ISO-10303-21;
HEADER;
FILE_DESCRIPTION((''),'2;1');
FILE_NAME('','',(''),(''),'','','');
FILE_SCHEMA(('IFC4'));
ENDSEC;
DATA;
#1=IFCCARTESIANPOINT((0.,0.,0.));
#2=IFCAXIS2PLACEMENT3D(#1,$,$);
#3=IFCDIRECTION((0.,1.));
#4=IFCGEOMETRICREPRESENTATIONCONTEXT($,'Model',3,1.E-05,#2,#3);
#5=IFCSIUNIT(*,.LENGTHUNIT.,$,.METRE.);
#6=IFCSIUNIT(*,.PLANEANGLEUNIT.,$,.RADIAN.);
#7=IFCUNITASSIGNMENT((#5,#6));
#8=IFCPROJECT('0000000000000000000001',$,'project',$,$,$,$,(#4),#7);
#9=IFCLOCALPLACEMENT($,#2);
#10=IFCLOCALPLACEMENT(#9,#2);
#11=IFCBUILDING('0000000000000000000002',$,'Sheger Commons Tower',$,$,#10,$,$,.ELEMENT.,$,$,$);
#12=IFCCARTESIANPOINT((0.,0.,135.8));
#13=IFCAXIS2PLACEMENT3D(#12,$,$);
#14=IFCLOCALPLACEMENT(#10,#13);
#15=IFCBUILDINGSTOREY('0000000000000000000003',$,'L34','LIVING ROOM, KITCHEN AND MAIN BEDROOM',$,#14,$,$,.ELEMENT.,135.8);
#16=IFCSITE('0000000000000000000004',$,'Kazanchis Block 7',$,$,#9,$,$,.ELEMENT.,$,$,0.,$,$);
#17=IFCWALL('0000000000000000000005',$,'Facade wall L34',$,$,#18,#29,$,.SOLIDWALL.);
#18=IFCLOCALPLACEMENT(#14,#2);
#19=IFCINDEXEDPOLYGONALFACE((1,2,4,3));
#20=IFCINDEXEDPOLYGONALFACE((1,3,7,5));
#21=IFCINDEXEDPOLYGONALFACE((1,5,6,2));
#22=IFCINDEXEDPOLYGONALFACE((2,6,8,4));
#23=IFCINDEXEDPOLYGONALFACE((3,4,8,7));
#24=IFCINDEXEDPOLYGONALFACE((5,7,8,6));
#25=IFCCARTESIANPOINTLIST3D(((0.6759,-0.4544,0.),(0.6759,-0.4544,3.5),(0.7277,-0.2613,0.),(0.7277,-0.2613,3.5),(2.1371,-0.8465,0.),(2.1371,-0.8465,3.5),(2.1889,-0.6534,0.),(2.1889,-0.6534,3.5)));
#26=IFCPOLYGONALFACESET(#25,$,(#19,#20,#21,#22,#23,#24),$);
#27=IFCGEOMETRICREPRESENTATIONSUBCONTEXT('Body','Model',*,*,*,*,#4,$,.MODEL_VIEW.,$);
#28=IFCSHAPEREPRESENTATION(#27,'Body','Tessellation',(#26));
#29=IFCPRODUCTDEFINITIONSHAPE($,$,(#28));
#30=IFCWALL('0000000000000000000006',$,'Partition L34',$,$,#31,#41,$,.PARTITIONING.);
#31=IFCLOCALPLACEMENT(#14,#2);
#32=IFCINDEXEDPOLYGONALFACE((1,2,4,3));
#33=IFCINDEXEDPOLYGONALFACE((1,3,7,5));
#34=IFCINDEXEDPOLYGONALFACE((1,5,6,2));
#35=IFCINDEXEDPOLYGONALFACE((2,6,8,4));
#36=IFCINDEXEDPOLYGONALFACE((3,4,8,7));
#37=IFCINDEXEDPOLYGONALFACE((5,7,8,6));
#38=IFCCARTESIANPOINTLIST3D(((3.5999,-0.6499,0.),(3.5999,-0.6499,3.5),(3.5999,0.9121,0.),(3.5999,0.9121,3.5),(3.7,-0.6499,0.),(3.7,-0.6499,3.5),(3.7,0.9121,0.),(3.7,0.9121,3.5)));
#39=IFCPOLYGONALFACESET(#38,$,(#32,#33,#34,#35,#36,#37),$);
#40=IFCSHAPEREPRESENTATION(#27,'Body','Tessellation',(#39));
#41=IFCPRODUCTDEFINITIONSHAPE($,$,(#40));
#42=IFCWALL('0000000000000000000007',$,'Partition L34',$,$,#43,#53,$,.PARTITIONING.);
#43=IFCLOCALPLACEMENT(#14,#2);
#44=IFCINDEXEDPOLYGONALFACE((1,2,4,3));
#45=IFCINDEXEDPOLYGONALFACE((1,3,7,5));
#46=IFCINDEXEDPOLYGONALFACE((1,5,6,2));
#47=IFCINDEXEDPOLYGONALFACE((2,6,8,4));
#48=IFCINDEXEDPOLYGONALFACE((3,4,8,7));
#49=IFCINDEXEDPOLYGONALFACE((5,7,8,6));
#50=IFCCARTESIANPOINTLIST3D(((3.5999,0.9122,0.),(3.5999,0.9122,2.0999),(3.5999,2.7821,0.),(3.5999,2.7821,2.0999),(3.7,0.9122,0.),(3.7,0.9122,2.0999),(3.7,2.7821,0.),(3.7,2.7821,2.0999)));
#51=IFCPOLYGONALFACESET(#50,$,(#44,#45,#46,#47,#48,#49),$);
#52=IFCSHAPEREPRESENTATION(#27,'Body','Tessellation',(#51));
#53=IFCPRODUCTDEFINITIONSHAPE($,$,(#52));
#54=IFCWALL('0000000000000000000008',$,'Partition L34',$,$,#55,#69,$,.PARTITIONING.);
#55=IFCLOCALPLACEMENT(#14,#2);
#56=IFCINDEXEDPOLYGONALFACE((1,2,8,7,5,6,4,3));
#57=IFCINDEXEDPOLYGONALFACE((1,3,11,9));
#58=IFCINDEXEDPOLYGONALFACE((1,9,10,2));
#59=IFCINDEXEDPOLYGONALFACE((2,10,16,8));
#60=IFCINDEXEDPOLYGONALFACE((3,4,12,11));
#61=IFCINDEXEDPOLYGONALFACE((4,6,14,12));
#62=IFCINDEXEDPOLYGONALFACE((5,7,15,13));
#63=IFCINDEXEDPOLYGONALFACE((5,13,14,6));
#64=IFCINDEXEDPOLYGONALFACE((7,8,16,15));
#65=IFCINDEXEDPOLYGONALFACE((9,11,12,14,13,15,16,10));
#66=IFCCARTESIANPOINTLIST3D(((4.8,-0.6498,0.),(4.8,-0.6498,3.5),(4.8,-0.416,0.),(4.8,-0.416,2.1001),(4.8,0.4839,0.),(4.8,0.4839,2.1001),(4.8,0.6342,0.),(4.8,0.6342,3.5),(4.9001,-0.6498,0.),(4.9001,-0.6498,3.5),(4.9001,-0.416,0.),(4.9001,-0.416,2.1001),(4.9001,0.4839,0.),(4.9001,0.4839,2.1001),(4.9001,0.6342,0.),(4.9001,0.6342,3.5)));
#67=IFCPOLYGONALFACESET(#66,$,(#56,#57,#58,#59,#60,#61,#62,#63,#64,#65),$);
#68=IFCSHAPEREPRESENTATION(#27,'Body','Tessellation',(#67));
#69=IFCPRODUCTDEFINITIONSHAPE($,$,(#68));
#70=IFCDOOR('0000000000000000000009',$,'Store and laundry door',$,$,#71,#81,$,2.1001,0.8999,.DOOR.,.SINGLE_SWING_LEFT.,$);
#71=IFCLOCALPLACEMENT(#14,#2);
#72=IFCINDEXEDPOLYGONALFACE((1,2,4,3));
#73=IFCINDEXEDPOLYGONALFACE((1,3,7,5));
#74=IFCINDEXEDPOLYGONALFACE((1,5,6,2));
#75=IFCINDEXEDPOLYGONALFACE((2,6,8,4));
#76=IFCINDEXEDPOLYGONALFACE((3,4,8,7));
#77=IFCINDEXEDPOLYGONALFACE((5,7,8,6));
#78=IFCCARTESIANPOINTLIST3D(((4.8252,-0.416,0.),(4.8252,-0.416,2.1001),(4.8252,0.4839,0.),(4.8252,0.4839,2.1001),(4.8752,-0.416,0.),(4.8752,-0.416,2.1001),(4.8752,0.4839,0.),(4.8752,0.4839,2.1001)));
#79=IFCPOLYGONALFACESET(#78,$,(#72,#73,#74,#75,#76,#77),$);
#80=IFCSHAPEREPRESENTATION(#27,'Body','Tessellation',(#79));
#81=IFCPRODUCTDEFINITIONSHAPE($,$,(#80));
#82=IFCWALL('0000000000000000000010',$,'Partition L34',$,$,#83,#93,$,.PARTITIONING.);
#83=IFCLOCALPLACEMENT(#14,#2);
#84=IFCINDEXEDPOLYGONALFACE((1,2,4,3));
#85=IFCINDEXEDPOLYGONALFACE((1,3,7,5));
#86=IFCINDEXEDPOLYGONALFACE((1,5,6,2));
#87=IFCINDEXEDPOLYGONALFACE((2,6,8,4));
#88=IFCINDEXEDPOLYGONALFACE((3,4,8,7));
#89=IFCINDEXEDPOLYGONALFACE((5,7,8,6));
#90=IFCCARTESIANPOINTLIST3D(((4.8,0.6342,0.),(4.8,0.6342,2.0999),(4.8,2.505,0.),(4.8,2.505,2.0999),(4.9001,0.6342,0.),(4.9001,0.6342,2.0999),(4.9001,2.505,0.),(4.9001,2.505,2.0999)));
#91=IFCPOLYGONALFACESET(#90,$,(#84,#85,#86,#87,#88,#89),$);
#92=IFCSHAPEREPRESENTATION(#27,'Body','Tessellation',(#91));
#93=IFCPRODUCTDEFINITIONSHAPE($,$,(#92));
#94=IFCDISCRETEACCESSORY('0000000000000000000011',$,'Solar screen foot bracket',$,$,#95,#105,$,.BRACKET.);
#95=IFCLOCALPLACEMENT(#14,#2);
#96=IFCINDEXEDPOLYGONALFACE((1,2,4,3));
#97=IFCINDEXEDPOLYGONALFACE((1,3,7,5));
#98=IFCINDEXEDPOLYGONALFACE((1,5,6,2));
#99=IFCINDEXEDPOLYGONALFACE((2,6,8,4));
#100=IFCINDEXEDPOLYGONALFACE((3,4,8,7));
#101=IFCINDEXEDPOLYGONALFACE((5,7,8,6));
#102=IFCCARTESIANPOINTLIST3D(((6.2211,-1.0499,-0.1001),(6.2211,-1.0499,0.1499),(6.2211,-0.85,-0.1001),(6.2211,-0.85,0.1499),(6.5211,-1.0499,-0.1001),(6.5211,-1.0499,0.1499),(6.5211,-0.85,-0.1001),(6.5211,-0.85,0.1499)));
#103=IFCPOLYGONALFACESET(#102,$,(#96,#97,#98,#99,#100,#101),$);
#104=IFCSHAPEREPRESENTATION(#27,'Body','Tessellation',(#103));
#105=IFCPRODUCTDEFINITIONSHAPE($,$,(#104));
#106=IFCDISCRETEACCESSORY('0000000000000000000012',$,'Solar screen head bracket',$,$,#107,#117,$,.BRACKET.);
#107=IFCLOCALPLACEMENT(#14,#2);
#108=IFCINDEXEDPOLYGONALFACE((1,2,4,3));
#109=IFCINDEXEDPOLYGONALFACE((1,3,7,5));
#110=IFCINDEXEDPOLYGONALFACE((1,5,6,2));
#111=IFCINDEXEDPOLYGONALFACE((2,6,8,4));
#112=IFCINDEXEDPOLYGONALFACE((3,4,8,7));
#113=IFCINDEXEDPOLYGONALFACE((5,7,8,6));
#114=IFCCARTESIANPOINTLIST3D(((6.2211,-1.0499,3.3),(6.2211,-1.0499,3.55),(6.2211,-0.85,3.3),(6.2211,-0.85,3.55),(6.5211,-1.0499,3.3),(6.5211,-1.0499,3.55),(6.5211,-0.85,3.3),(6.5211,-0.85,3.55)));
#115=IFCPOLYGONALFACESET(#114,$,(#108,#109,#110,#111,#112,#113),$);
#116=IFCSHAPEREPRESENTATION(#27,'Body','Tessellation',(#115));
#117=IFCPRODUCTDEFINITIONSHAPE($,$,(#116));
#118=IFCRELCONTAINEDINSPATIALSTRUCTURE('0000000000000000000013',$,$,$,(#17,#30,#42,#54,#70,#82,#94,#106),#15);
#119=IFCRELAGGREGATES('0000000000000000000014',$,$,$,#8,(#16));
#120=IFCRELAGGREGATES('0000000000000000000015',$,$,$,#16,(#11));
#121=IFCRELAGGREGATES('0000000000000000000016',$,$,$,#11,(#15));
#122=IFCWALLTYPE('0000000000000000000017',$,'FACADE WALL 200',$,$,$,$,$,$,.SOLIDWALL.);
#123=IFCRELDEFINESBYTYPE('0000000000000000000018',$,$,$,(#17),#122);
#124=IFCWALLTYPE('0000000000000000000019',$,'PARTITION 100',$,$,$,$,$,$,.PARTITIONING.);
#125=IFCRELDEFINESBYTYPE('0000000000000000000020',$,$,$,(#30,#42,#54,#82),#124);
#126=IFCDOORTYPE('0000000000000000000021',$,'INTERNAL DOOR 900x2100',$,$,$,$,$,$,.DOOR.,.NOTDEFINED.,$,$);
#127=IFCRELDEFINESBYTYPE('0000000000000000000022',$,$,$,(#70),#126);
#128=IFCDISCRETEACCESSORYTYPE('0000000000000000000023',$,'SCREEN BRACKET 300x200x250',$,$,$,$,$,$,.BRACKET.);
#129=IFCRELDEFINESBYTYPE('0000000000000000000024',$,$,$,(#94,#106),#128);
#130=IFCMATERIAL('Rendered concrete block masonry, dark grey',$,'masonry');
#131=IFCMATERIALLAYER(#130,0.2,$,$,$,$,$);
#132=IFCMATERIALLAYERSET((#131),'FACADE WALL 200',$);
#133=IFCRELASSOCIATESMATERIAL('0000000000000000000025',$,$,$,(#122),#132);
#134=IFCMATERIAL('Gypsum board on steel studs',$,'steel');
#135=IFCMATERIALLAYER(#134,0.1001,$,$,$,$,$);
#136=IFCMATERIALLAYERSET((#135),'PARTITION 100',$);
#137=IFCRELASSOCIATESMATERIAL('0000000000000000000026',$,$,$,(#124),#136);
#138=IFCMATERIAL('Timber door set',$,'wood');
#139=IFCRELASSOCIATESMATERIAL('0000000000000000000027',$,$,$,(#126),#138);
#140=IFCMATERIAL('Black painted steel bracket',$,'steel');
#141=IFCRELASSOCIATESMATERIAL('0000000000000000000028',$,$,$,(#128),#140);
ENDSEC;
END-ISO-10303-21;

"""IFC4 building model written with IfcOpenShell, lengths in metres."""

from ifc_helpers import new_model, si_unit, direction, frame, frame_2d, origin, origin_2d, place, context, subcontext, project, spatial, rectangle, extrude, material, layer, layer_set, type_object, element, fill, save


model = new_model("IFC4")

# Units and contexts
model_context = context("Model", 3, precision=1e-05, world=origin(), true_north=direction((0.0, 1.0)))
body_context = subcontext(model_context, "Body", "Model", "MODEL_VIEW")
ifc_project = project(units=[si_unit("LENGTHUNIT", "METRE"), si_unit("PLANEANGLEUNIT", "RADIAN")], contexts=[model_context])

# Site, building, storey
site_placement = place(None, origin())
site = spatial("IfcSite", under=ifc_project, at=site_placement, Name="Kazanchis Block 7", CompositionType="ELEMENT", RefElevation=0.0)
building_placement = place(site_placement, origin())
building = spatial("IfcBuilding", under=site, at=building_placement, Name="Sheger Commons Tower", CompositionType="ELEMENT")
storey_placement = place(building_placement, frame((0.0, 0.0, 135.8)))
storey = spatial("IfcBuildingStorey", under=building, at=storey_placement, Name="L34", Description="LIVING ROOM, KITCHEN AND MAIN BEDROOM", CompositionType="ELEMENT", Elevation=135.8)

# Shared definitions
ifc_material_1 = material(Name="Rendered concrete block masonry, dark grey", Category="masonry")
ifc_layer_1 = layer(ifc_material_1, 0.2)
ifc_layer_set_1 = layer_set([ifc_layer_1], Name="FACADE WALL 200")
wall_type_1 = type_object("IfcWallType", Name="FACADE WALL 200", PredefinedType="SOLIDWALL", material=ifc_layer_set_1)

# Walls
wall_1_placement = place(storey_placement, frame((0.7019, -0.3579, 0.0), z_axis=(0.0, 0.0, 1.0), x_axis=(0.965832, -0.259169, 0.0)))
element("IfcWall", 1, at=wall_1_placement, inside=storey, type_object=wall_type_1, Name="Facade wall L34", PredefinedType="SOLIDWALL", context=body_context, shape_type="SweptSolid", body=[
    extrude(rectangle(XDim=1.5129, YDim=0.2, at=frame_2d((0.7563, 0.0))), origin(), (0.0, 0.0, 1.0), 3.5),
])
ifc_material_2 = material(Name="Gypsum board on steel studs", Category="steel")
ifc_layer_2 = layer(ifc_material_2, 0.1001)
ifc_layer_set_2 = layer_set([ifc_layer_2], Name="PARTITION 100")
wall_type_2 = type_object("IfcWallType", Name="PARTITION 100", PredefinedType="PARTITIONING", material=ifc_layer_set_2)
wall_2_placement = place(storey_placement, frame((3.6499, -0.6499, 0.0), z_axis=(0.0, 0.0, 1.0), x_axis=(0.0, 1.0, 0.0)))
element("IfcWall", 2, at=wall_2_placement, inside=storey, type_object=wall_type_2, Name="Partition L34", PredefinedType="PARTITIONING", context=body_context, shape_type="SweptSolid", body=[
    extrude(rectangle(XDim=1.562, YDim=0.1001, at=frame_2d((0.781, 0.0))), origin(), (0.0, 0.0, 1.0), 3.5),
])
wall_3_placement = place(storey_placement, frame((3.6499, 0.9121, 0.0), z_axis=(0.0, 0.0, 1.0), x_axis=(0.0, 1.0, 0.0)))
element("IfcWall", 3, at=wall_3_placement, inside=storey, type_object=wall_type_2, Name="Partition L34", PredefinedType="PARTITIONING", context=body_context, shape_type="SweptSolid", body=[
    extrude(rectangle(XDim=1.8699, YDim=0.1001, at=frame_2d((0.9351, 0.0))), origin(), (0.0, 0.0, 1.0), 2.0999),
])

# Wall, opening, door
wall_4_placement = place(storey_placement, frame((4.8501, -0.6499, 0.0), z_axis=(0.0, 0.0, 1.0), x_axis=(0.0, 1.0, 0.0)))
wall_4 = element("IfcWall", 4, at=wall_4_placement, inside=storey, type_object=wall_type_2, Name="Partition L34", PredefinedType="PARTITIONING", context=body_context, shape_type="SweptSolid", body=[
    extrude(rectangle(XDim=1.2839, YDim=0.1001, at=frame_2d((0.6421, 0.0))), origin(), (0.0, 0.0, 1.0), 3.5),
])
opening_1_placement = place(wall_4_placement, frame((0.2339, 0.0, 0.0)))
opening_1 = element("IfcOpeningElement", 5, at=opening_1_placement, cuts=wall_4, PredefinedType="OPENING", context=body_context, shape_type="SweptSolid", body=[
    extrude(rectangle(XDim=0.8999, YDim=2.1001, at=frame_2d((0.45, 1.05))), frame((0.0, 0.0601, 0.0), z_axis=(0.0, -1.0, 0.0), x_axis=(1.0, 0.0, 0.0)), (0.0, 0.0, 1.0), 0.1201),
])
ifc_material_3 = material(Name="Timber door set", Category="wood")
door_type = type_object("IfcDoorType", Name="INTERNAL DOOR 900x2100", OperationType="NOTDEFINED", PredefinedType="DOOR", material=ifc_material_3)
door_placement = place(opening_1_placement, origin())
door = element("IfcDoor", 6, at=door_placement, inside=storey, type_object=door_type, Name="Store and laundry door", OperationType="SINGLE_SWING_LEFT", OverallHeight=2.1001, OverallWidth=0.8999, PredefinedType="DOOR", context=body_context, shape_type="SweptSolid", body=[
    extrude(rectangle(XDim=0.8999, YDim=2.1001, at=frame_2d((0.45, 1.05))), frame((0.0, 0.0249, 0.0), z_axis=(0.0, -1.0, 0.0), x_axis=(1.0, 0.0, 0.0)), (0.0, 0.0, 1.0), 0.05),
])
fill(opening_1, door)

# Wall
wall_5_placement = place(storey_placement, frame((4.8501, 0.634, 0.0), z_axis=(0.0, 0.0, 1.0), x_axis=(0.0, 1.0, 0.0)))
element("IfcWall", 7, at=wall_5_placement, inside=storey, type_object=wall_type_2, Name="Partition L34", PredefinedType="PARTITIONING", context=body_context, shape_type="SweptSolid", body=[
    extrude(rectangle(XDim=1.8708, YDim=0.1001, at=frame_2d((0.9355, 0.0))), origin(), (0.0, 0.0, 1.0), 2.0999),
])

# Discrete accessories
ifc_material_4 = material(Name="Black painted steel bracket", Category="steel")
discrete_accessory_type = type_object("IfcDiscreteAccessoryType", Name="SCREEN BRACKET 300x200x250", PredefinedType="BRACKET", material=ifc_material_4)
for number, where, z_axis, x_axis, name in (
    (8, (6.3711, -0.95, -0.1001), (0.0, 0.0, 1.0), (1.0, 0.0, 0.0), "Solar screen foot bracket"),
    (9, (6.3711, -0.95, 3.3), (0.0, 0.0, 1.0), (1.0, 0.0, 0.0), "Solar screen head bracket"),
):
    element("IfcDiscreteAccessory", number, at=place(storey_placement, frame(where, z_axis=z_axis, x_axis=x_axis)), inside=storey, type_object=discrete_accessory_type, Name=name, PredefinedType="BRACKET", context=body_context, shape_type="SweptSolid", body=[
        extrude(rectangle(XDim=0.3, YDim=0.2, at=origin_2d()), origin(), (0.0, 0.0, 1.0), 0.25),
    ])

save(model, "model.ifc")
